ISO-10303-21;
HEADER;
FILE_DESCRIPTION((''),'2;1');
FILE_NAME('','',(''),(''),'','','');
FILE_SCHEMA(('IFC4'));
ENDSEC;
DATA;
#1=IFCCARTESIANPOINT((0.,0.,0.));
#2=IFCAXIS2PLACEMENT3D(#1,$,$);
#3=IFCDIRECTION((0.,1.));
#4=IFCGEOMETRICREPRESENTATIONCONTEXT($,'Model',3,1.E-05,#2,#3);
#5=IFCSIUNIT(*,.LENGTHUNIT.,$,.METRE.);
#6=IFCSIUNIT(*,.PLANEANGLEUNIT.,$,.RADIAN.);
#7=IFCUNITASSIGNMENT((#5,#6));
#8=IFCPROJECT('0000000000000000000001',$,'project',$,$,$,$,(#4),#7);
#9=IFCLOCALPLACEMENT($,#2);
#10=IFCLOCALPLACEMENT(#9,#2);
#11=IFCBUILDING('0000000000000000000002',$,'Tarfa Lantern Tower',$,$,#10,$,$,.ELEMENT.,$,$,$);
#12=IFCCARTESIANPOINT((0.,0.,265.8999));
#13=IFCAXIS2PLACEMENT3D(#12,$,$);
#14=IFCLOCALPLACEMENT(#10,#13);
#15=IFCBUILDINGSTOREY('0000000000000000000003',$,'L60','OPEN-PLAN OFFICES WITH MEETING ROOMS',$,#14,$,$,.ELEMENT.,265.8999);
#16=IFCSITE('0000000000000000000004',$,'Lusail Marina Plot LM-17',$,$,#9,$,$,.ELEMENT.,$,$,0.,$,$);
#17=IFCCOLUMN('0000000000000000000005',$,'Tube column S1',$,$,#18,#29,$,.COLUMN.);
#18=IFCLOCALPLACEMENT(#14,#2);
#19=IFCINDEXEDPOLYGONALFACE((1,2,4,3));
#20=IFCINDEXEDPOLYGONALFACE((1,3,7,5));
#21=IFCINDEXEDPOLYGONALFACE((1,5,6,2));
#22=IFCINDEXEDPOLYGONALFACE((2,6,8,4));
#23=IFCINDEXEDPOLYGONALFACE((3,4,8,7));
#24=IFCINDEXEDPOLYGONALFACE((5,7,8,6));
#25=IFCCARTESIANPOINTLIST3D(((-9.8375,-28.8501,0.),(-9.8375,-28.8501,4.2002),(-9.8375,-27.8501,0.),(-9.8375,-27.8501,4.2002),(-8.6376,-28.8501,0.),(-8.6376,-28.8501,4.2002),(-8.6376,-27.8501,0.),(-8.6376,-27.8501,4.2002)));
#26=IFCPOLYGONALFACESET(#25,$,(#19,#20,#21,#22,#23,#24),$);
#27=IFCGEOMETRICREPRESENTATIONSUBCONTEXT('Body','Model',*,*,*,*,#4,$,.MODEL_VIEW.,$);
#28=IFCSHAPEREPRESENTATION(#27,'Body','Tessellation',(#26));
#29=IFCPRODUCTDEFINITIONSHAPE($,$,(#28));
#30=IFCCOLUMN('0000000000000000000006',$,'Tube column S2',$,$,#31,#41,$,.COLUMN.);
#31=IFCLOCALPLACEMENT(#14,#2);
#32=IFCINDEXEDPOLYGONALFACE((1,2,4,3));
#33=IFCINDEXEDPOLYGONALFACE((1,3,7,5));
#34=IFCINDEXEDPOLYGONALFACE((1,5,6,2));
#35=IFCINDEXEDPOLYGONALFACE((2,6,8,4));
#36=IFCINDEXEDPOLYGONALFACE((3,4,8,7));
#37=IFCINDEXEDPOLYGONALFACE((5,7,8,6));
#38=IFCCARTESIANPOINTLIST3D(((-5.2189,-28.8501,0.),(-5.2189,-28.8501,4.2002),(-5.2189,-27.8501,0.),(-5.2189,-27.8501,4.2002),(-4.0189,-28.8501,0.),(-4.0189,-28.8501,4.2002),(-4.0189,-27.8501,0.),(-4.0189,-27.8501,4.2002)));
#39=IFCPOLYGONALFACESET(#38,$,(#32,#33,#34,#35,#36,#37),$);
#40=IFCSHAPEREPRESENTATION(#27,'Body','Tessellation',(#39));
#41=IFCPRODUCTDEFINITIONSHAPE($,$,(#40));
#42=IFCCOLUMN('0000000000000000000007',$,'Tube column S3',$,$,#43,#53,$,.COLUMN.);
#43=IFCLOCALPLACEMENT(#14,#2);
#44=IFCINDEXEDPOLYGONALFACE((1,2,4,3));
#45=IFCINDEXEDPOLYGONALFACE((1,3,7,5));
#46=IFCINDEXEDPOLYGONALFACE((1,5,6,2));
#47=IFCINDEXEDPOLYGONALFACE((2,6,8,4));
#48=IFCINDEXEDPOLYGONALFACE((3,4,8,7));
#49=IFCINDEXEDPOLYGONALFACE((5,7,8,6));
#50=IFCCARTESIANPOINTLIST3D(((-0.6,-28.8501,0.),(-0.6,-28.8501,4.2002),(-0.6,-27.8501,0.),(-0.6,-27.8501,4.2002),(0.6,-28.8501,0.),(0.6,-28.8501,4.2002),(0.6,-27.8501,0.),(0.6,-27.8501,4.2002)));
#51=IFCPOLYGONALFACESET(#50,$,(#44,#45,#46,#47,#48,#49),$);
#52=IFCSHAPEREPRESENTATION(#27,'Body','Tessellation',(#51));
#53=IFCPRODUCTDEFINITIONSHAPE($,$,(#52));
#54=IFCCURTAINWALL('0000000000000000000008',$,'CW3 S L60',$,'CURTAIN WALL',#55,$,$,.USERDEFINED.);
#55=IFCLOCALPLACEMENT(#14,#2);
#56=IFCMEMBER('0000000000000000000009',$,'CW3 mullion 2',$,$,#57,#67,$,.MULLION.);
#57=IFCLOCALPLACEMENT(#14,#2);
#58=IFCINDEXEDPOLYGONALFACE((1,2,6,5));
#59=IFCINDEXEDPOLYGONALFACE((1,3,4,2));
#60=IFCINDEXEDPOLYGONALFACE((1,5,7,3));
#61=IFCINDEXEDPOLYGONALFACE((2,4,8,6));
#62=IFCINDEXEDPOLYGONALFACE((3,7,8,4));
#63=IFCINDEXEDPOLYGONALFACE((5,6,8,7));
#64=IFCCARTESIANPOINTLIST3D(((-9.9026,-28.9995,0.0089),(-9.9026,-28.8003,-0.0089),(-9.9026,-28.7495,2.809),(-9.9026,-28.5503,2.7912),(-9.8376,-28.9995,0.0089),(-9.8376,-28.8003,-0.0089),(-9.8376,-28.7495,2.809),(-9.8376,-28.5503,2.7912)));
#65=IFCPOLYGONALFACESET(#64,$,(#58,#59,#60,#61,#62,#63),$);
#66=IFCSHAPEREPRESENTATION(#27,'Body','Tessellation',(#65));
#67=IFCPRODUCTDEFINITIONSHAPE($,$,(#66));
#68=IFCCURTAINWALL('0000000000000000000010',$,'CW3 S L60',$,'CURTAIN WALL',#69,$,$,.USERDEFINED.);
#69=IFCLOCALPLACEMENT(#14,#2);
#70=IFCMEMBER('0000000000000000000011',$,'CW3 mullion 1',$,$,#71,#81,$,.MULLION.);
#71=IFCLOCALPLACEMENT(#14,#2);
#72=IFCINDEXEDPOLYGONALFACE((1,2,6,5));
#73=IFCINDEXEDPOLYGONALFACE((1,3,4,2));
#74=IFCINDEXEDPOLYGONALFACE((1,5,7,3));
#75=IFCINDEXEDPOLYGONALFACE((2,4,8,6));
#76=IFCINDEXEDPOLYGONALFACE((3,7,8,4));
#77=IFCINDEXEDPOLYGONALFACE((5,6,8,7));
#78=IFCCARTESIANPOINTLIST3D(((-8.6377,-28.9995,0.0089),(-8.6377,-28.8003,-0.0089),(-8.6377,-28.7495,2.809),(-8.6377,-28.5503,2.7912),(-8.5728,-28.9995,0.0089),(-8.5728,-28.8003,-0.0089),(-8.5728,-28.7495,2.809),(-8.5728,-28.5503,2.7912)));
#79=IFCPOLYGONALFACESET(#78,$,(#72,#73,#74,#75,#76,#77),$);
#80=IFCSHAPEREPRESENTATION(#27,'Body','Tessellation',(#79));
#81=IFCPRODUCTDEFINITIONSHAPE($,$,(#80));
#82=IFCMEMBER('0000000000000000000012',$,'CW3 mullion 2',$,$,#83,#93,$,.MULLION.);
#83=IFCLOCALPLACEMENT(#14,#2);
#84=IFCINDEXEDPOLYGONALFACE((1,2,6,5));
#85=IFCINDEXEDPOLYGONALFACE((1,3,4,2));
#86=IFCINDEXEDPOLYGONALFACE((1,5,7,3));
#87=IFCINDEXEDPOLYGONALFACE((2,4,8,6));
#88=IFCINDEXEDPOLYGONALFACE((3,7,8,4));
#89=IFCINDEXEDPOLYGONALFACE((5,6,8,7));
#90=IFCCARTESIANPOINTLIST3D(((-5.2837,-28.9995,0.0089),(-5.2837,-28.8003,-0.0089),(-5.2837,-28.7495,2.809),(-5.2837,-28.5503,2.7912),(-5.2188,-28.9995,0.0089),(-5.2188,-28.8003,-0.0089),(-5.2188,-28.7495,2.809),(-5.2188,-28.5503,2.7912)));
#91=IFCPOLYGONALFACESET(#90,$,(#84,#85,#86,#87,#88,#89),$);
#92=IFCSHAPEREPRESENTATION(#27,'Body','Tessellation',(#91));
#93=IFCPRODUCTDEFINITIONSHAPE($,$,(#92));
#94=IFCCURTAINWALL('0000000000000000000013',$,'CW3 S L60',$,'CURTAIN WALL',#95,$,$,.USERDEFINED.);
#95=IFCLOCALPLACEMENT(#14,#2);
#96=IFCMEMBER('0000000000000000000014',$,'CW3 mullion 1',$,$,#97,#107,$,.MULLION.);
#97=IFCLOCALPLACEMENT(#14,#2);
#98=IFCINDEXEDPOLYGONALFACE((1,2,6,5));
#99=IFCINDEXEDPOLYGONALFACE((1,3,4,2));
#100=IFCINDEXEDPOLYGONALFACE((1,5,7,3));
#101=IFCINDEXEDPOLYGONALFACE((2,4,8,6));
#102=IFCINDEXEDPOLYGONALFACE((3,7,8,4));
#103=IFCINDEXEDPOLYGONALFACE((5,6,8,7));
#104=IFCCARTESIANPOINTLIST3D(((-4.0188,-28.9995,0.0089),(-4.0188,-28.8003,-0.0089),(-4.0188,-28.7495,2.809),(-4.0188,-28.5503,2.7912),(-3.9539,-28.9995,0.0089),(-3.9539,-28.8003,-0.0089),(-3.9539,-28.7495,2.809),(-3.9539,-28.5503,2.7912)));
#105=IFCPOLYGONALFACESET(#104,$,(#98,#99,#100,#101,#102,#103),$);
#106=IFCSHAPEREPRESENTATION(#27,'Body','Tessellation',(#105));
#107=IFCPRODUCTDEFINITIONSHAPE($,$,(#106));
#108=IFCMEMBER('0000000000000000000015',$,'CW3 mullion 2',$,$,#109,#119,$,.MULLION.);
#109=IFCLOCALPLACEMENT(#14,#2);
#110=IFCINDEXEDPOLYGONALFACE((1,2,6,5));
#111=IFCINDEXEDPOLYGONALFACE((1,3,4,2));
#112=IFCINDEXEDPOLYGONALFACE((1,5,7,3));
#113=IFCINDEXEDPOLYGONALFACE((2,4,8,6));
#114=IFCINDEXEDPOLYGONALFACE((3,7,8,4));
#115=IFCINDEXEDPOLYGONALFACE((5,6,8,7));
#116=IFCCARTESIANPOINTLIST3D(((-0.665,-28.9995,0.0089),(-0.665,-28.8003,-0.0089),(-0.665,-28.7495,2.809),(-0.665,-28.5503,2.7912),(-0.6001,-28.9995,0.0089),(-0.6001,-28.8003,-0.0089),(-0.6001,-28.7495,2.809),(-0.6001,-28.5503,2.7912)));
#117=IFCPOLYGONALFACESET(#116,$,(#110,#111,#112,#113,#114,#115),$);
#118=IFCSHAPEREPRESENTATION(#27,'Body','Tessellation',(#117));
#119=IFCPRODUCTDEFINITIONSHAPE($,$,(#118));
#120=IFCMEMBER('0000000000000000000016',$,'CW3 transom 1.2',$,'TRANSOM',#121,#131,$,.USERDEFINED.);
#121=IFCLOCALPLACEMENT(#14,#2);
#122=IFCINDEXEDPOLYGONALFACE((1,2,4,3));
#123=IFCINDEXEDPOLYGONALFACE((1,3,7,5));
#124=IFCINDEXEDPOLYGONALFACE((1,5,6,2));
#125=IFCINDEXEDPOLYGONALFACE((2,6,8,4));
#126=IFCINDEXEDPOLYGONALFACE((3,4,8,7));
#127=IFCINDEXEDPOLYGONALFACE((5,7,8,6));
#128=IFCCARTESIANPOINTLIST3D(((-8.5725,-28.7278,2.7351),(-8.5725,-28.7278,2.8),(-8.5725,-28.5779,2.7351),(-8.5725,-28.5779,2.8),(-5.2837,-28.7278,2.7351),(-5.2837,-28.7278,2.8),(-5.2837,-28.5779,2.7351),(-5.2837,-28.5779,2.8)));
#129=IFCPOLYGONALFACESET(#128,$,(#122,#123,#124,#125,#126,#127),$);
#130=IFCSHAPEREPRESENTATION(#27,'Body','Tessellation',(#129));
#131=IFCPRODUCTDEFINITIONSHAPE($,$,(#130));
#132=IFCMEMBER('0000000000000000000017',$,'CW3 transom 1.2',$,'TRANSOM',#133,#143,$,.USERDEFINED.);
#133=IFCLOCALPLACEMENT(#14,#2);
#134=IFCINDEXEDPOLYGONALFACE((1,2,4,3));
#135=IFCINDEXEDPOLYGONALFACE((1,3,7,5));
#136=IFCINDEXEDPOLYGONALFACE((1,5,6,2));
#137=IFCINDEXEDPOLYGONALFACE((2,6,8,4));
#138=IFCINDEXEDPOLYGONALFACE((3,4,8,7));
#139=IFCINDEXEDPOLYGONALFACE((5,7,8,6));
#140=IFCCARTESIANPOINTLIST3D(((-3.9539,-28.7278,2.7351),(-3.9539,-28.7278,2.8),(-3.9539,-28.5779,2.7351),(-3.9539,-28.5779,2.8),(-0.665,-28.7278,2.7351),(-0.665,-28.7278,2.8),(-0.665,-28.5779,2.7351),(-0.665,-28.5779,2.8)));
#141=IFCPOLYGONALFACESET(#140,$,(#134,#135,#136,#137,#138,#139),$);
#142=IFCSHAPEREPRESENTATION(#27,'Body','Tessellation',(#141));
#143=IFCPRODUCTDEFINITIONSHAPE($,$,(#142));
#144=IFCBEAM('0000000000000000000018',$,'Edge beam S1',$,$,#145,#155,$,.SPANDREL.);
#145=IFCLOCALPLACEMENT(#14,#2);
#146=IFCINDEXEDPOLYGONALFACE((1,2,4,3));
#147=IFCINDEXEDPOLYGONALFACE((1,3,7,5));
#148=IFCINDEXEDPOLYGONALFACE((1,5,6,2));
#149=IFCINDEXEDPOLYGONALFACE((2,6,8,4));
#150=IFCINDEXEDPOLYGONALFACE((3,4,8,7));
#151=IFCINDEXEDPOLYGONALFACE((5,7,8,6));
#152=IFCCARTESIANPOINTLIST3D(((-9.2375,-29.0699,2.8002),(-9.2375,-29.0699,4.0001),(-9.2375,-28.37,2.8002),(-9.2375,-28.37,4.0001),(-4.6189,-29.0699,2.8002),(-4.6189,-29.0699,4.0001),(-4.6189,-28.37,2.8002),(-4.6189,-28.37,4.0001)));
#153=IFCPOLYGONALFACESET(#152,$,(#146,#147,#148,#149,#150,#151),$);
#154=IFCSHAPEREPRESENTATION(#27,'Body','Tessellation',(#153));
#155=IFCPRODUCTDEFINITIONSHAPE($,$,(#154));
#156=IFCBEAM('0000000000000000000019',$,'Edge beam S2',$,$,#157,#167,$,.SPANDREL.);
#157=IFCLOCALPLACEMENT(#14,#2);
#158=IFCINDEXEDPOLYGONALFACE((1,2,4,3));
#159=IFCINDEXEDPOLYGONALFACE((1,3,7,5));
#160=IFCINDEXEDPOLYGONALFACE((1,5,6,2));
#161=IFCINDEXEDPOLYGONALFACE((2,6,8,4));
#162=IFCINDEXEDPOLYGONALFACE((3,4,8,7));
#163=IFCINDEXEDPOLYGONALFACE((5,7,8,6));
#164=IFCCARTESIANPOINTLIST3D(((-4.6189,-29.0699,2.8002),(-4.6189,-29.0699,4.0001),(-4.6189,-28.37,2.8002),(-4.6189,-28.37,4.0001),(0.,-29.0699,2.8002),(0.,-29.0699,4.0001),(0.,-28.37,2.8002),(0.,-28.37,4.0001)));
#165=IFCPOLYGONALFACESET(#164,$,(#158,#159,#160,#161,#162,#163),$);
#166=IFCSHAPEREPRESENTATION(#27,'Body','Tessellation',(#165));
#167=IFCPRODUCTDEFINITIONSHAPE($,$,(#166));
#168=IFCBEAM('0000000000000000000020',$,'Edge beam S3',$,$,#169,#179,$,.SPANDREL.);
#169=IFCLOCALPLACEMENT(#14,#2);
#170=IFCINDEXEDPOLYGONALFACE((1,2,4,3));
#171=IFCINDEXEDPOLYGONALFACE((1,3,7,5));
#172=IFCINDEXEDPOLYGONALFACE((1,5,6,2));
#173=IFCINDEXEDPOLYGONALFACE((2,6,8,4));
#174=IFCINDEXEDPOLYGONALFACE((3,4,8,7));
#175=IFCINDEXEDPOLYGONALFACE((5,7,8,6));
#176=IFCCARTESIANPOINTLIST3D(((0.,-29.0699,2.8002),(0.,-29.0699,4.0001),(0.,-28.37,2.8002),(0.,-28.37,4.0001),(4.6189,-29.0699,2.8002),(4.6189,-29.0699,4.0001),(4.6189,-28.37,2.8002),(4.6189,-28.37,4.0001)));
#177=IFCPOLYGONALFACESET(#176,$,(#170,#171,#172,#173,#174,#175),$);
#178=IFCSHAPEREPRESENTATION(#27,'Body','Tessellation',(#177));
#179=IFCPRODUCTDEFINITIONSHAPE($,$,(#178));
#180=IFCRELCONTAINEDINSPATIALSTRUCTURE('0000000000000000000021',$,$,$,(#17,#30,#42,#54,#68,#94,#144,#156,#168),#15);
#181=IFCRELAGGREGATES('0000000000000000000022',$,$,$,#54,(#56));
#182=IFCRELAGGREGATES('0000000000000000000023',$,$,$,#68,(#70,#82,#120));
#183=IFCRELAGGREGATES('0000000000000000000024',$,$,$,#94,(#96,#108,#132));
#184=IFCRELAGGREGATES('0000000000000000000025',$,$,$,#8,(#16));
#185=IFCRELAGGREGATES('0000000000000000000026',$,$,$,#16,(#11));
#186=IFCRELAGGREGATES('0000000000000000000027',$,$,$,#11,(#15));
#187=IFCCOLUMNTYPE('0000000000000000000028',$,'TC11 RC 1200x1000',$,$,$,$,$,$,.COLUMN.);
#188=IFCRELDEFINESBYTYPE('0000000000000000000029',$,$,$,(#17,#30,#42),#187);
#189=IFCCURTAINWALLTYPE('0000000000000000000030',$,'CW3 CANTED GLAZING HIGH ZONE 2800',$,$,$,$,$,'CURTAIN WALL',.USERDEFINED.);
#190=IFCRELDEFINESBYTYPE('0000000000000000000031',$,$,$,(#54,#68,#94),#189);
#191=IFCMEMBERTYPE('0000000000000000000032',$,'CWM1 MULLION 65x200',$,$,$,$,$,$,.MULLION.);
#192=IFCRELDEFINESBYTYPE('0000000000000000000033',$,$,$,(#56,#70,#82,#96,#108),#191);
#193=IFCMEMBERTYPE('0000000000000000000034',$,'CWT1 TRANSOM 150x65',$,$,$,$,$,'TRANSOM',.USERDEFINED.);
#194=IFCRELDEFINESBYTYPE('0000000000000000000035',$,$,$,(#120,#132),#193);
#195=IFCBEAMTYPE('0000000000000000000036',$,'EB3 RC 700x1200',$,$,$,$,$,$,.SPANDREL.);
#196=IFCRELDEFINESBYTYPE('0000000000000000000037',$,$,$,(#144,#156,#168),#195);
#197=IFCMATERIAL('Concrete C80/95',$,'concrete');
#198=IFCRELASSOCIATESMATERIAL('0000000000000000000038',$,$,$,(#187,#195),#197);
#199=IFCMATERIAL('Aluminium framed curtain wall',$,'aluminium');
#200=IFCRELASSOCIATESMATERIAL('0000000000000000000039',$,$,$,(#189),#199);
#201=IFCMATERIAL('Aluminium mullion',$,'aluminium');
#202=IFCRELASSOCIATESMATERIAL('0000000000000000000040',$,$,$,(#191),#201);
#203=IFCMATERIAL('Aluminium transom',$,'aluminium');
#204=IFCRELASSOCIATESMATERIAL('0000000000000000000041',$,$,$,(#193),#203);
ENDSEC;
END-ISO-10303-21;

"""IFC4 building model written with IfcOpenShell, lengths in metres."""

from ifc_helpers import new_model, si_unit, direction, frame, origin, origin_2d, place, context, subcontext, project, spatial, rectangle, extrude, material, material_profile, profile_set, type_object, element, aggregate, save


model = new_model("IFC4")

# Units and contexts
model_context = context("Model", 3, precision=1e-05, world=origin(), true_north=direction((0.0, 1.0)))
body_context = subcontext(model_context, "Body", "Model", "MODEL_VIEW")
ifc_project = project(units=[si_unit("LENGTHUNIT", "METRE"), si_unit("PLANEANGLEUNIT", "RADIAN")], contexts=[model_context])

# Site, building, storey
site_placement = place(None, origin())
site = spatial("IfcSite", under=ifc_project, at=site_placement, Name="Lusail Marina Plot LM-17", CompositionType="ELEMENT", RefElevation=0.0)
building_placement = place(site_placement, origin())
building = spatial("IfcBuilding", under=site, at=building_placement, Name="Tarfa Lantern Tower", CompositionType="ELEMENT")
storey_placement = place(building_placement, frame((0.0, 0.0, 265.8999)))
storey = spatial("IfcBuildingStorey", under=building, at=storey_placement, Name="L60", Description="OPEN-PLAN OFFICES WITH MEETING ROOMS", CompositionType="ELEMENT", Elevation=265.8999)

# Columns
ifc_material_1 = material(Name="Concrete C80/95", Category="concrete")
ifc_material_profile_1 = material_profile(ifc_material_1, rectangle(XDim=1.2, YDim=1.0, at=origin_2d()), Name="RC 1200x1000")
ifc_profile_set_1 = profile_set([ifc_material_profile_1], Name="Concrete C80/95")
column_type = type_object("IfcColumnType", Name="TC11 RC 1200x1000", PredefinedType="COLUMN", material=ifc_profile_set_1)
for number, where, z_axis, x_axis, name in (
    (1, (-9.2375, -28.3501, 0.0), (0.0, 0.0, 1.0), (1.0, 0.0, 0.0), "Tube column S1"),
    (2, (-4.6189, -28.3501, 0.0), (0.0, 0.0, 1.0), (1.0, 0.0, 0.0), "Tube column S2"),
    (3, (0.0, -28.3501, 0.0), (0.0, 0.0, 1.0), (1.0, 0.0, 0.0), "Tube column S3"),
):
    element("IfcColumn", number, at=place(storey_placement, frame(where, z_axis=z_axis, x_axis=x_axis)), inside=storey, type_object=column_type, Name=name, PredefinedType="COLUMN", context=body_context, shape_type="SweptSolid", body=[
        extrude(rectangle(XDim=1.2, YDim=1.0, at=origin_2d()), origin(), (0.0, 0.0, 1.0), 4.2002),
    ])

# Curtain wall, member
ifc_material_2 = material(Name="Aluminium framed curtain wall", Category="aluminium")
curtain_wall_type = type_object("IfcCurtainWallType", Name="CW3 CANTED GLAZING HIGH ZONE 2800", ElementType="CURTAIN WALL", PredefinedType="USERDEFINED", material=ifc_material_2)
curtain_wall_1_placement = place(storey_placement, origin())
curtain_wall_1 = element("IfcCurtainWall", 4, at=curtain_wall_1_placement, inside=storey, type_object=curtain_wall_type, Name="CW3 S L60", ObjectType="CURTAIN WALL", PredefinedType="USERDEFINED")
ifc_material_3 = material(Name="Aluminium mullion", Category="aluminium")
ifc_material_profile_2 = material_profile(ifc_material_3, rectangle(XDim=0.0649, YDim=0.2, at=origin_2d()), Name="AL MULLION 65x200")
ifc_profile_set_2 = profile_set([ifc_material_profile_2], Name="Aluminium mullion")
member_type_1 = type_object("IfcMemberType", Name="CWM1 MULLION 65x200", PredefinedType="MULLION", material=ifc_profile_set_2)
member_1_placement = place(storey_placement, frame((-9.8701, -28.8999, 0.0), z_axis=(0.0, 0.08893, 0.996038), x_axis=(-1.0, 0.0, 0.0)))
member_1 = element("IfcMember", 5, at=member_1_placement, type_object=member_type_1, Name="CW3 mullion 2", PredefinedType="MULLION", context=body_context, shape_type="SweptSolid", body=[
    extrude(rectangle(XDim=0.0649, YDim=0.2, at=origin_2d()), origin(), (0.0, 0.0, 1.0), 2.8113),
])
aggregate(curtain_wall_1, [member_1])

# Curtain walls, members
curtain_wall_2_placement = place(storey_placement, origin())
curtain_wall_2 = element("IfcCurtainWall", 6, at=curtain_wall_2_placement, inside=storey, type_object=curtain_wall_type, Name="CW3 S L60", ObjectType="CURTAIN WALL", PredefinedType="USERDEFINED")
member_2_placement = place(storey_placement, frame((-8.6052, -28.8999, 0.0), z_axis=(0.0, 0.08893, 0.996038), x_axis=(-1.0, 0.0, 0.0)))
member_2 = element("IfcMember", 7, at=member_2_placement, type_object=member_type_1, Name="CW3 mullion 1", PredefinedType="MULLION", context=body_context, shape_type="SweptSolid", body=[
    extrude(rectangle(XDim=0.0649, YDim=0.2, at=origin_2d()), origin(), (0.0, 0.0, 1.0), 2.8113),
])
member_3_placement = place(storey_placement, frame((-5.2512, -28.8999, 0.0), z_axis=(0.0, 0.08893, 0.996038), x_axis=(-1.0, 0.0, 0.0)))
member_3 = element("IfcMember", 8, at=member_3_placement, type_object=member_type_1, Name="CW3 mullion 2", PredefinedType="MULLION", context=body_context, shape_type="SweptSolid", body=[
    extrude(rectangle(XDim=0.0649, YDim=0.2, at=origin_2d()), origin(), (0.0, 0.0, 1.0), 2.8113),
])
curtain_wall_3_placement = place(storey_placement, origin())
curtain_wall_3 = element("IfcCurtainWall", 9, at=curtain_wall_3_placement, inside=storey, type_object=curtain_wall_type, Name="CW3 S L60", ObjectType="CURTAIN WALL", PredefinedType="USERDEFINED")
member_4_placement = place(storey_placement, frame((-3.9863, -28.8999, 0.0), z_axis=(0.0, 0.08893, 0.996038), x_axis=(-1.0, 0.0, 0.0)))
member_4 = element("IfcMember", 10, at=member_4_placement, type_object=member_type_1, Name="CW3 mullion 1", PredefinedType="MULLION", context=body_context, shape_type="SweptSolid", body=[
    extrude(rectangle(XDim=0.0649, YDim=0.2, at=origin_2d()), origin(), (0.0, 0.0, 1.0), 2.8113),
])
member_5_placement = place(storey_placement, frame((-0.6326, -28.8999, 0.0), z_axis=(0.0, 0.08893, 0.996038), x_axis=(-1.0, 0.0, 0.0)))
member_5 = element("IfcMember", 11, at=member_5_placement, type_object=member_type_1, Name="CW3 mullion 2", PredefinedType="MULLION", context=body_context, shape_type="SweptSolid", body=[
    extrude(rectangle(XDim=0.0649, YDim=0.2, at=origin_2d()), origin(), (0.0, 0.0, 1.0), 2.8113),
])

# Members
ifc_material_4 = material(Name="Aluminium transom", Category="aluminium")
ifc_material_profile_3 = material_profile(ifc_material_4, rectangle(XDim=0.1499, YDim=0.0649, at=origin_2d()), Name="AL TRANSOM 150x65")
ifc_profile_set_3 = profile_set([ifc_material_profile_3], Name="Aluminium transom")
member_type_2 = type_object("IfcMemberType", Name="CWT1 TRANSOM 150x65", ElementType="TRANSOM", PredefinedType="USERDEFINED", material=ifc_profile_set_3)
member_6_placement = place(storey_placement, frame((-8.5725, -28.6528, 2.7676), z_axis=(1.0, 0.0, 0.0), x_axis=(0.0, 1.0, 0.0)))
member_6 = element("IfcMember", 12, at=member_6_placement, type_object=member_type_2, Name="CW3 transom 1.2", ObjectType="TRANSOM", PredefinedType="USERDEFINED", context=body_context, shape_type="SweptSolid", body=[
    extrude(rectangle(XDim=0.1499, YDim=0.0649, at=origin_2d()), origin(), (0.0, 0.0, 1.0), 3.2888),
])
member_7_placement = place(storey_placement, frame((-3.9539, -28.6528, 2.7676), z_axis=(1.0, 0.0, 0.0), x_axis=(0.0, 1.0, 0.0)))
member_7 = element("IfcMember", 13, at=member_7_placement, type_object=member_type_2, Name="CW3 transom 1.2", ObjectType="TRANSOM", PredefinedType="USERDEFINED", context=body_context, shape_type="SweptSolid", body=[
    extrude(rectangle(XDim=0.1499, YDim=0.0649, at=origin_2d()), origin(), (0.0, 0.0, 1.0), 3.2888),
])

# Beams
ifc_material_profile_4 = material_profile(ifc_material_1, rectangle(XDim=0.7, YDim=1.2, at=origin_2d()), Name="RC 700x1200")
ifc_profile_set_4 = profile_set([ifc_material_profile_4], Name="Concrete C80/95")
beam_type_1 = type_object("IfcBeamType", Name="EB3 RC 700x1200", PredefinedType="SPANDREL", material=ifc_profile_set_4)
beam_placement = place(storey_placement, frame((-9.2375, -28.72, 3.4001), z_axis=(1.0, 0.0, 0.0), x_axis=(0.0, 1.0, 0.0)))
element("IfcBeam", 14, at=beam_placement, inside=storey, type_object=beam_type_1, Name="Edge beam S1", PredefinedType="SPANDREL", context=body_context, shape_type="SweptSolid", body=[
    extrude(rectangle(XDim=0.7, YDim=1.2, at=origin_2d()), origin(), (0.0, 0.0, 1.0), 4.6187),
])
for number, where, z_axis, x_axis, name in (
    (15, (-4.6189, -28.72, 3.4001), (1.0, 0.0, 0.0), (0.0, 1.0, 0.0), "Edge beam S2"),
    (16, (0.0, -28.72, 3.4001), (1.0, 0.0, 0.0), (0.0, 1.0, 0.0), "Edge beam S3"),
):
    element("IfcBeam", number, at=place(storey_placement, frame(where, z_axis=z_axis, x_axis=x_axis)), inside=storey, type_object=beam_type_1, Name=name, PredefinedType="SPANDREL", context=body_context, shape_type="SweptSolid", body=[
        extrude(rectangle(XDim=0.7, YDim=1.2, at=origin_2d()), origin(), (0.0, 0.0, 1.0), 4.6189),
    ])

aggregate(curtain_wall_2, [member_2, member_3, member_6])
aggregate(curtain_wall_3, [member_4, member_5, member_7])

save(model, "model.ifc")
